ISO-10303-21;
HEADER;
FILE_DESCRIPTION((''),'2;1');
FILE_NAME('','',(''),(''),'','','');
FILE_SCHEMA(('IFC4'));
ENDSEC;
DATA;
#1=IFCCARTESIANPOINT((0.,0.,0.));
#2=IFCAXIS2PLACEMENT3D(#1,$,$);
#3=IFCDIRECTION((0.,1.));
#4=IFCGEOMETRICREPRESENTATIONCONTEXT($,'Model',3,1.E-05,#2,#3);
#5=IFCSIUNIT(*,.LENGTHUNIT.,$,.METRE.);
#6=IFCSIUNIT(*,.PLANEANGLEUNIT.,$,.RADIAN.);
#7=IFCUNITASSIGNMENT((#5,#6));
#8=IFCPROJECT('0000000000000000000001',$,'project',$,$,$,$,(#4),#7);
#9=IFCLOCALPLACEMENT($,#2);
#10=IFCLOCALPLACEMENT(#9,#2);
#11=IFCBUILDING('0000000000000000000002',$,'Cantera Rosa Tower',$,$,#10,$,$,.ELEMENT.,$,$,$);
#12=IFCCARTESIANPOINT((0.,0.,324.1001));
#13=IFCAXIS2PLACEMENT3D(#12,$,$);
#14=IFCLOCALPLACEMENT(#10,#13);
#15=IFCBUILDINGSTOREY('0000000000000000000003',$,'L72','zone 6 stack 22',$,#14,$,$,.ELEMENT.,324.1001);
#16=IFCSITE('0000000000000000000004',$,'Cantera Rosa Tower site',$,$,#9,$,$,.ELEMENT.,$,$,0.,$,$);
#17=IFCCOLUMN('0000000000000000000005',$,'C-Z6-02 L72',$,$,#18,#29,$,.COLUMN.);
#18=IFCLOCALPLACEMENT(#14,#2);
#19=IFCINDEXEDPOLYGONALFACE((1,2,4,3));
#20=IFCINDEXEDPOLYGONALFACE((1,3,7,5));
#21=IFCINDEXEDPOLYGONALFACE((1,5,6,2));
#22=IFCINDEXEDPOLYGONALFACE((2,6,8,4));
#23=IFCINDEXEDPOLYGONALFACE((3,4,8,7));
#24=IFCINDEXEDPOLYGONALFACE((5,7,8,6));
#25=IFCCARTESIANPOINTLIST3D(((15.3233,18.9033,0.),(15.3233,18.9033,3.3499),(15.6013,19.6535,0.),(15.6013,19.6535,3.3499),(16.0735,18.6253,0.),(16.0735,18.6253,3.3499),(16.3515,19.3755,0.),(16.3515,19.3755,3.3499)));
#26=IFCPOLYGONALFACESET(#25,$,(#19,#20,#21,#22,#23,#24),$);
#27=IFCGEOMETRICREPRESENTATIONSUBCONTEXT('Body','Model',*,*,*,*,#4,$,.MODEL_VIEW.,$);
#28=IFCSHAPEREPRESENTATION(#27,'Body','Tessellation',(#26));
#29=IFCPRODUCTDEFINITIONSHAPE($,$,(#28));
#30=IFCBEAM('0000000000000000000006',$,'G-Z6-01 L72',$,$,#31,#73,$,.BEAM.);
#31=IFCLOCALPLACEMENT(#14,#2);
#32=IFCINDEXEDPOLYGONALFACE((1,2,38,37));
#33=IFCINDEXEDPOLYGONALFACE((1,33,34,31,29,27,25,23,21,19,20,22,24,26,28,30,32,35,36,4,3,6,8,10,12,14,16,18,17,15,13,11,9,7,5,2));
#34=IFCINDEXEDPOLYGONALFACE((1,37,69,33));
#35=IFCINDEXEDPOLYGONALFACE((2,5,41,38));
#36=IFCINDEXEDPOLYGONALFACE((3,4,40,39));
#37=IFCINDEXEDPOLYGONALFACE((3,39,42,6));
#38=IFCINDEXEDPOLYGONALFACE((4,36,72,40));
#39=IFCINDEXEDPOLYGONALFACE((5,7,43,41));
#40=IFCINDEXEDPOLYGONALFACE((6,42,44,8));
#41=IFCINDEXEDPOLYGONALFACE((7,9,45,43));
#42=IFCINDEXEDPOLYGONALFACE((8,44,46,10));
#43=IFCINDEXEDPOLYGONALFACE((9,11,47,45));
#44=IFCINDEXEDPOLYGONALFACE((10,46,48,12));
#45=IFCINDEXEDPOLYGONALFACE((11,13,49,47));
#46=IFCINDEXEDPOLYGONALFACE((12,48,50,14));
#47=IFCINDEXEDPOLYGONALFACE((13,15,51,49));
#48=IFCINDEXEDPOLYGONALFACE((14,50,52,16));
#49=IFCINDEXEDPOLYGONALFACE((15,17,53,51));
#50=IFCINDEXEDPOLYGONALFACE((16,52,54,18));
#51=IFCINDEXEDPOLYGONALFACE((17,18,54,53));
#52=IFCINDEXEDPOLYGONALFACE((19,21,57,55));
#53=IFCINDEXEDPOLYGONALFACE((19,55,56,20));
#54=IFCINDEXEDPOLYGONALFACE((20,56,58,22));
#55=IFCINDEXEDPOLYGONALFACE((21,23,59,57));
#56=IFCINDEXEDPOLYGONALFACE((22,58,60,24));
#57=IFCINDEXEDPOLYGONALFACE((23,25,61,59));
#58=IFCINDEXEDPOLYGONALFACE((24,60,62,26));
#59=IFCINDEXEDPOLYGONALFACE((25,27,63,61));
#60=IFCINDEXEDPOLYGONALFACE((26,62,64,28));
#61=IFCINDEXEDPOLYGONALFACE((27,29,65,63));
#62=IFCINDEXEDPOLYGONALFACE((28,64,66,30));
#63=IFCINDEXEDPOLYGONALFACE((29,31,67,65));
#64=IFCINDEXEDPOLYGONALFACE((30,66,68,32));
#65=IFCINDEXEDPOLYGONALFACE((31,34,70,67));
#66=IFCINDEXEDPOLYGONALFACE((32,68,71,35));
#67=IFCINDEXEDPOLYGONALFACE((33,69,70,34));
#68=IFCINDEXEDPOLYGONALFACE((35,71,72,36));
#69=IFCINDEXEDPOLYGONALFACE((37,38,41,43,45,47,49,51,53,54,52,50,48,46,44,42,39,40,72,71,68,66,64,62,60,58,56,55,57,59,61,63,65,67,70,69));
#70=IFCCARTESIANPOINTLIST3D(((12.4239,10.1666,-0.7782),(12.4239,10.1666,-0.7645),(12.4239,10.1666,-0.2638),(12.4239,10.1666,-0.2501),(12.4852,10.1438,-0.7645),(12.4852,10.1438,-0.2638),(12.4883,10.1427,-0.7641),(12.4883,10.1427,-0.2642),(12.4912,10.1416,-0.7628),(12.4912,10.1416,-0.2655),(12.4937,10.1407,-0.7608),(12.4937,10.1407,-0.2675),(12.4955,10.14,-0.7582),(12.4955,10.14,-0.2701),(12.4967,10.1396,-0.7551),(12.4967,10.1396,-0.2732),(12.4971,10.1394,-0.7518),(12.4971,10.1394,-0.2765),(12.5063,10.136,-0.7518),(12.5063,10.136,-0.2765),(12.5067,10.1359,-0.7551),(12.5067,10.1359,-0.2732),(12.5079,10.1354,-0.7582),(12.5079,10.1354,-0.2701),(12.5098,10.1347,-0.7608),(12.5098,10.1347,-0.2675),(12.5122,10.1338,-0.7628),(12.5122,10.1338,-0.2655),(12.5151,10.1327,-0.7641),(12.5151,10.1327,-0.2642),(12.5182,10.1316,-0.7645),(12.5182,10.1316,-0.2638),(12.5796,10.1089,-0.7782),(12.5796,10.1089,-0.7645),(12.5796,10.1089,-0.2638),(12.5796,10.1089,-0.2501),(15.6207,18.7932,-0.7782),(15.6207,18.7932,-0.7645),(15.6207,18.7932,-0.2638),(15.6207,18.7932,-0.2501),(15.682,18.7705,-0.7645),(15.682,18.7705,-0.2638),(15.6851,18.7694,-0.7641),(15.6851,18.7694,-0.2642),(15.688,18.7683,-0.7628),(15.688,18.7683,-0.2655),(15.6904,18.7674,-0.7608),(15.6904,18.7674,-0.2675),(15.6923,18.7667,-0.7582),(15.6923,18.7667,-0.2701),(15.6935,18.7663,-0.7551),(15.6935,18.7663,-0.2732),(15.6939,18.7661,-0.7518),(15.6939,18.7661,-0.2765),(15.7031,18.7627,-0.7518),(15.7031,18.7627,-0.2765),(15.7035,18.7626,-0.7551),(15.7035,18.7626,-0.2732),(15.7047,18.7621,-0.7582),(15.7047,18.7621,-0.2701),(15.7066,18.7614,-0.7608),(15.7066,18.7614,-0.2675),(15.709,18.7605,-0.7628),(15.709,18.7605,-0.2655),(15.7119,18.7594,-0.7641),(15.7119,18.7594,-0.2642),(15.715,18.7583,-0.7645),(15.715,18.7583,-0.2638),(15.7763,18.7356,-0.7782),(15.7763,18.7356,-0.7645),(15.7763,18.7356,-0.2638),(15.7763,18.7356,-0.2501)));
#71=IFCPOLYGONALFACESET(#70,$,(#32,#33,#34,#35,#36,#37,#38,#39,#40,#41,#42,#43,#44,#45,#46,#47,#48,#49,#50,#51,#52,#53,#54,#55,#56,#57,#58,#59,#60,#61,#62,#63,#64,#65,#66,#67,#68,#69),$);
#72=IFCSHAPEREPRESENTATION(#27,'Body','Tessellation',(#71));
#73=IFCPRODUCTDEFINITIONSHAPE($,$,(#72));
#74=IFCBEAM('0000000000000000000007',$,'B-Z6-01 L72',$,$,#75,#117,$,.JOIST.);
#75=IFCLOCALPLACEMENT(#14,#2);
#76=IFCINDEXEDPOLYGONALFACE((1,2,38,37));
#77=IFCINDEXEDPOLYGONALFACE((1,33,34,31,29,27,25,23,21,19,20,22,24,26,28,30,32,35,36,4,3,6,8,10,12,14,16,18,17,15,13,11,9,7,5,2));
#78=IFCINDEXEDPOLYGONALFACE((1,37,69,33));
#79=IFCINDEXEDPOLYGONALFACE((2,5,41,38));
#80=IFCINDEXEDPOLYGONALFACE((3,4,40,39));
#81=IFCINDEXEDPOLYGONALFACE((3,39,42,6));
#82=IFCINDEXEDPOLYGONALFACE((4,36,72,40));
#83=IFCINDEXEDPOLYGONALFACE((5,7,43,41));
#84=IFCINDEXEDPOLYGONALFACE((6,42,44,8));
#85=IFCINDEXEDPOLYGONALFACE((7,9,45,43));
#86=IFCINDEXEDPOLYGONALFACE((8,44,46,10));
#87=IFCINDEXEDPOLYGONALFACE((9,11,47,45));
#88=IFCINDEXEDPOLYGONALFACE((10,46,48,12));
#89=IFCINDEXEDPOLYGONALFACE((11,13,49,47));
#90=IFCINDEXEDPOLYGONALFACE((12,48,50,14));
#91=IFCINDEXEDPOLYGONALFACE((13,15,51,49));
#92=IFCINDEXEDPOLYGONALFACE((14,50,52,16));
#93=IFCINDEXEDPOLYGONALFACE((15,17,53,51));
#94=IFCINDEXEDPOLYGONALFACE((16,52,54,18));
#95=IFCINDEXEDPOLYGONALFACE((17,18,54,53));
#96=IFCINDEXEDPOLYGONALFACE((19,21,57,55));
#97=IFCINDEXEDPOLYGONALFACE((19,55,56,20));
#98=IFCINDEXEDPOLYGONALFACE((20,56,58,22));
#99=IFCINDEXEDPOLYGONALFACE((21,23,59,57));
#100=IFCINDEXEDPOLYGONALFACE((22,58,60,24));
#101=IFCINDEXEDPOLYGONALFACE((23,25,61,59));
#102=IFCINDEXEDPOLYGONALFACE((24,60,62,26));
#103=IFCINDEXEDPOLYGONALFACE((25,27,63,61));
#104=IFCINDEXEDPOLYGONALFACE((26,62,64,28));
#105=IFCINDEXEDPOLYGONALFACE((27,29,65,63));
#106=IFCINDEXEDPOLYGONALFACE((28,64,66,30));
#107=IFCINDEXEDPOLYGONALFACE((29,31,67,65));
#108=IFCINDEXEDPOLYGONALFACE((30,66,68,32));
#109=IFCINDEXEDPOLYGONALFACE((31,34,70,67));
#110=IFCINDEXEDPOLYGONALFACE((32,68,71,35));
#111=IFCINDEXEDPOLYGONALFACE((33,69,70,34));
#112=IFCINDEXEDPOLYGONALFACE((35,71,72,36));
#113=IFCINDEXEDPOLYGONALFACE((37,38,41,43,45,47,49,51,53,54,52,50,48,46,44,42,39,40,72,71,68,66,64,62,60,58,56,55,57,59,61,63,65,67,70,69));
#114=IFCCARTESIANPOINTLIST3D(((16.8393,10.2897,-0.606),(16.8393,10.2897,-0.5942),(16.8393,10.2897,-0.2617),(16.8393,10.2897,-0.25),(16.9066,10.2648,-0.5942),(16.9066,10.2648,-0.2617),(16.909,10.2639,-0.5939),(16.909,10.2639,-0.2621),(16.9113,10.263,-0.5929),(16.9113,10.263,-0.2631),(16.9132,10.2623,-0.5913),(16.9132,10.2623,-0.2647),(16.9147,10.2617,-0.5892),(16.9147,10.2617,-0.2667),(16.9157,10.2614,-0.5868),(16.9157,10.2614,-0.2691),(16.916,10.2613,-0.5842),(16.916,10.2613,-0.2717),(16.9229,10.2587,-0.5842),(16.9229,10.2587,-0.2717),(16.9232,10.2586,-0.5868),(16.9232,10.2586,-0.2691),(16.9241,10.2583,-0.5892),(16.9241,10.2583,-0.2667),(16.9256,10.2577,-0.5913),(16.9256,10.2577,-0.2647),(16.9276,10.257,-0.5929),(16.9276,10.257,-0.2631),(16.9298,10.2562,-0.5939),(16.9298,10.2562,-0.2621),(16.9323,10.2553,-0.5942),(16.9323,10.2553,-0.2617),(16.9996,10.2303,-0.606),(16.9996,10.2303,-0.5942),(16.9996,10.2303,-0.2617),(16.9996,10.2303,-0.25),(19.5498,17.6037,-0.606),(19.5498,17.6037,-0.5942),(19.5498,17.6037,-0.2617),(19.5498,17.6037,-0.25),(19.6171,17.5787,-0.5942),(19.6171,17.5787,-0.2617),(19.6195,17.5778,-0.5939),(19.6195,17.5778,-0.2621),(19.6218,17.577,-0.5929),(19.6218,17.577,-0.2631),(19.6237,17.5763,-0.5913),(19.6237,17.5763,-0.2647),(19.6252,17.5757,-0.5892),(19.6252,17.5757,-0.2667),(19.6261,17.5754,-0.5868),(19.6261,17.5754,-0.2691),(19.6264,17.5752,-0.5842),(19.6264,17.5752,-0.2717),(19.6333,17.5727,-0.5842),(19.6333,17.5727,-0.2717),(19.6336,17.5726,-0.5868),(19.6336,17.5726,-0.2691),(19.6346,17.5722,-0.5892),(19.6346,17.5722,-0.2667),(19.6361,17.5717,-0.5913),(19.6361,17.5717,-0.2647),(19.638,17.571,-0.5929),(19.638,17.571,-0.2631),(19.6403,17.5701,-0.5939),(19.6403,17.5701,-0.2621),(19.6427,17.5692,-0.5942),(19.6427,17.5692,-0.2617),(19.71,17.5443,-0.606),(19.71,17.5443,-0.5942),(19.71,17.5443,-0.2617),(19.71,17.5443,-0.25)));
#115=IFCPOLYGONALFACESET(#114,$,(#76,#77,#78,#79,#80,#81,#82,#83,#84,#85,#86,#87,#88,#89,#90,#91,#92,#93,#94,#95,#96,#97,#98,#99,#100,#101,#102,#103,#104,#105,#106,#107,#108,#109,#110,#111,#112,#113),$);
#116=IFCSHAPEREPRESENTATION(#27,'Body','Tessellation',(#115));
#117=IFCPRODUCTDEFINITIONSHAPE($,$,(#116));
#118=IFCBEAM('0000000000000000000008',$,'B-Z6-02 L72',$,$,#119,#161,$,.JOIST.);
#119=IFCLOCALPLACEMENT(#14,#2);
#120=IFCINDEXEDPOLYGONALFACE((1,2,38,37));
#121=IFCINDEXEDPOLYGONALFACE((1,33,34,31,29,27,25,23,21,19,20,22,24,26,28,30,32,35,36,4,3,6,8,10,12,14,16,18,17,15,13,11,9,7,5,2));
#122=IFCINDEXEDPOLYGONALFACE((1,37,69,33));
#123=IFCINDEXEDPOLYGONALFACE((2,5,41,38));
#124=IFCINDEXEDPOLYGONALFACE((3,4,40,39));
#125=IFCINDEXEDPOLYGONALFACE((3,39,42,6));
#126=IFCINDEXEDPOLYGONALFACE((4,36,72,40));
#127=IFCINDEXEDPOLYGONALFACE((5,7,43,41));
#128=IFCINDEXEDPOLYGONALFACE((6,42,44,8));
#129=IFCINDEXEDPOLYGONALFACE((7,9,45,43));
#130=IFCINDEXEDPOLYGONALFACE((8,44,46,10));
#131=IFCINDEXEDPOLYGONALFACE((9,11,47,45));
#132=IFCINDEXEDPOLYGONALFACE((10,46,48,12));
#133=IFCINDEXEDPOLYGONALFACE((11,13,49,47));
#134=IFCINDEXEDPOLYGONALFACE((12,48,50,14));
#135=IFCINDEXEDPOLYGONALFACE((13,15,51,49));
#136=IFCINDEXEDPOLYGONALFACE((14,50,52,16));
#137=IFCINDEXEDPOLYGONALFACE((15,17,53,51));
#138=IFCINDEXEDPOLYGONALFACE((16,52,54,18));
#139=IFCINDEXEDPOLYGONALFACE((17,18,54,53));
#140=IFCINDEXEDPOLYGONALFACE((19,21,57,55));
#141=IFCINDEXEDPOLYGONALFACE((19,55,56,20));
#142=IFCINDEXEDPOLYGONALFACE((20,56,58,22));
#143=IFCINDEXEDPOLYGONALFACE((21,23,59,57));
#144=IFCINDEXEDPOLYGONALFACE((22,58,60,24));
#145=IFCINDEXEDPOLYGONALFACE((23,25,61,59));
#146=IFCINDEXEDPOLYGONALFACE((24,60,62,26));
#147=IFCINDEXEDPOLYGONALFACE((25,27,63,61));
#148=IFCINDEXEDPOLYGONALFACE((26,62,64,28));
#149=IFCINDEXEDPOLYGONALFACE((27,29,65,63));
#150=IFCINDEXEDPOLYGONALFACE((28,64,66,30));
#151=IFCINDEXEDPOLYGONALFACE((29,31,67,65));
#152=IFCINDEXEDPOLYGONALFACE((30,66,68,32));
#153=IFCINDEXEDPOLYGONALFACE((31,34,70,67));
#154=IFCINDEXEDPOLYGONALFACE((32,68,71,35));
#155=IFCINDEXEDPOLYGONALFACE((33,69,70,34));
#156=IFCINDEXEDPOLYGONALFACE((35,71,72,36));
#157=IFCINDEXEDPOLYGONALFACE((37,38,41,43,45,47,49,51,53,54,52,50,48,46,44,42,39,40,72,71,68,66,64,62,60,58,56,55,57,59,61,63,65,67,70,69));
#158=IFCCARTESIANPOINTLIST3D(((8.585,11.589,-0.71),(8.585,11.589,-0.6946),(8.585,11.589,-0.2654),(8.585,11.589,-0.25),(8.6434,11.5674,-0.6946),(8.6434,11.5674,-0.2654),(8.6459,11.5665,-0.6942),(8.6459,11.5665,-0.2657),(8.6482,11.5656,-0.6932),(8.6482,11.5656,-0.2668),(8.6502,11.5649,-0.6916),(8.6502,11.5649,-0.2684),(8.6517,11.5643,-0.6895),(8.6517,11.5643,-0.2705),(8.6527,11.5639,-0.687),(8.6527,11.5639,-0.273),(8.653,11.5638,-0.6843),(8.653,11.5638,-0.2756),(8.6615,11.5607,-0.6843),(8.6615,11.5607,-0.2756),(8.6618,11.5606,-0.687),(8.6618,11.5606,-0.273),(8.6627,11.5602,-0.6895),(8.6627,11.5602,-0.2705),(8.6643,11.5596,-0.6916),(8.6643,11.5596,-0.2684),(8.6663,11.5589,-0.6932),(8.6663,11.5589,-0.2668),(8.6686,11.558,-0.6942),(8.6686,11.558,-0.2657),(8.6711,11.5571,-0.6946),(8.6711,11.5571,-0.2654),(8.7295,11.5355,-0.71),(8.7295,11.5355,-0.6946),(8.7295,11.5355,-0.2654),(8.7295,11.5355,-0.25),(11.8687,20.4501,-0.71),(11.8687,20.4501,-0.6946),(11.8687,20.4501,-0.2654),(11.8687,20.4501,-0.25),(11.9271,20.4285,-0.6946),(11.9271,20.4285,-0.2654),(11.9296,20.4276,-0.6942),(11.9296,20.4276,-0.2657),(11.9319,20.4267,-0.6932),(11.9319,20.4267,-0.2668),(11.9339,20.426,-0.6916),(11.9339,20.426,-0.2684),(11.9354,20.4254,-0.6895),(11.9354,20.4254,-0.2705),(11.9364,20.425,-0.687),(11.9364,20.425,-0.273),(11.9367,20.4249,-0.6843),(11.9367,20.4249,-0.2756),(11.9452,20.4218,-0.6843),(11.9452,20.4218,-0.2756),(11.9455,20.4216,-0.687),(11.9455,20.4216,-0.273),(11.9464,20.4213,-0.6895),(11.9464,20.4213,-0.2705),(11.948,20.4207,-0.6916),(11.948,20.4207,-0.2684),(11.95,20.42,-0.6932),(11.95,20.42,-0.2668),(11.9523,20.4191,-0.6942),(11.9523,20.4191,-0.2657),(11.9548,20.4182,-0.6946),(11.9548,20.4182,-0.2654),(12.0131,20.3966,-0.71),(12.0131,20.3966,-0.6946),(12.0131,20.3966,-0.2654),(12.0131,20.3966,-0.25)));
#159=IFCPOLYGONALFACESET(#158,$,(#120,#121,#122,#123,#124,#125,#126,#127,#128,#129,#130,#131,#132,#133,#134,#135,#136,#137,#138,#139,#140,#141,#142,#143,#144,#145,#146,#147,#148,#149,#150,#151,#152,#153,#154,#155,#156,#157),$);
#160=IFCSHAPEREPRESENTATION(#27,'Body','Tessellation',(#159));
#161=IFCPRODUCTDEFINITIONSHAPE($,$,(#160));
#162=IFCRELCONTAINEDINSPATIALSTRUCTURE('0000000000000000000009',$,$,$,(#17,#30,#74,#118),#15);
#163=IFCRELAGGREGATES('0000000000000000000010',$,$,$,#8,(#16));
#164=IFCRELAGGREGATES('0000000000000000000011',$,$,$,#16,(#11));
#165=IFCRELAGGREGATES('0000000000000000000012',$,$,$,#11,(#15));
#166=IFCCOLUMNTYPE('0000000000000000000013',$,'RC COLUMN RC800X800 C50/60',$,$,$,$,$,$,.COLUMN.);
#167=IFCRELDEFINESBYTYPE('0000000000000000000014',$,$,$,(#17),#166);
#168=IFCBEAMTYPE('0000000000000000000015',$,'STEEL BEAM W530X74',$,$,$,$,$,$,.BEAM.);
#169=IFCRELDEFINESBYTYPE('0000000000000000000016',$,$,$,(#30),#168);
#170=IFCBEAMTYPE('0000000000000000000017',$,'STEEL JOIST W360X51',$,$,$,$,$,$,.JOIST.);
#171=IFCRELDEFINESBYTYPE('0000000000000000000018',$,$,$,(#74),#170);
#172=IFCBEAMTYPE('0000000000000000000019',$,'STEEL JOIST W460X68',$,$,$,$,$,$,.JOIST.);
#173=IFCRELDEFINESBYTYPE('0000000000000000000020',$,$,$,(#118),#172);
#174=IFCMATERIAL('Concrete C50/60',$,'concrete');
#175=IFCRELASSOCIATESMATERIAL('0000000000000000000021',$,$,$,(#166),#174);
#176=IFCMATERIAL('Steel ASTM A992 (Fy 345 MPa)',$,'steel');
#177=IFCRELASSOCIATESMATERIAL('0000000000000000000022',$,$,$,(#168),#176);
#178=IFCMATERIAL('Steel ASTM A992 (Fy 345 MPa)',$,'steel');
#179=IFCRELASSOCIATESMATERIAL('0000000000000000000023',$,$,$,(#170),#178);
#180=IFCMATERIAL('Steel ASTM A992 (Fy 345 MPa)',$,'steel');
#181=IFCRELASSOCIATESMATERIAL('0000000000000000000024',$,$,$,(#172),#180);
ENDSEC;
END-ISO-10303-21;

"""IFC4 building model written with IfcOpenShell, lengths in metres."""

from ifc_helpers import new_model, si_unit, direction, frame, origin, origin_2d, place, context, subcontext, project, spatial, rectangle, i_section, extrude, material, material_profile, profile_set, type_object, element, save


model = new_model("IFC4")

# Units and contexts
model_context = context("Model", 3, precision=1e-05, world=origin(), true_north=direction((0.0, 1.0)))
body_context = subcontext(model_context, "Body", "Model", "MODEL_VIEW")
ifc_project = project(units=[si_unit("LENGTHUNIT", "METRE"), si_unit("PLANEANGLEUNIT", "RADIAN")], contexts=[model_context])

# Site, building, storey
site_placement = place(None, origin())
site = spatial("IfcSite", under=ifc_project, at=site_placement, Name="Cantera Rosa Tower site", CompositionType="ELEMENT", RefElevation=0.0)
building_placement = place(site_placement, origin())
building = spatial("IfcBuilding", under=site, at=building_placement, Name="Cantera Rosa Tower", CompositionType="ELEMENT")
storey_placement = place(building_placement, frame((0.0, 0.0, 324.1001)))
storey = spatial("IfcBuildingStorey", under=building, at=storey_placement, Name="L72", Description="zone 6 stack 22", CompositionType="ELEMENT", Elevation=324.1001)

# Column
ifc_material_1 = material(Name="Concrete C50/60", Category="concrete")
ifc_material_profile_1 = material_profile(ifc_material_1, rectangle(XDim=0.8, YDim=0.8, at=origin_2d()), Name="RC COLUMN RC800X800 C50/60")
ifc_profile_set_1 = profile_set([ifc_material_profile_1], Name="Concrete C50/60")
column_type = type_object("IfcColumnType", Name="RC COLUMN RC800X800 C50/60", PredefinedType="COLUMN", material=ifc_profile_set_1)
column_placement = place(storey_placement, frame((15.8374, 19.1394, 0.0), z_axis=(0.0, 0.0, 1.0), x_axis=(0.347481, 0.937687, 0.0)))
element("IfcColumn", 1, at=column_placement, inside=storey, type_object=column_type, Name="C-Z6-02 L72", PredefinedType="COLUMN", context=body_context, shape_type="SweptSolid", body=[
    extrude(rectangle(XDim=0.8, YDim=0.8, at=origin_2d()), origin(), (0.0, 0.0, 1.0), 3.3499),
])

# Beams
ifc_material_2 = material(Name="Steel ASTM A992 (Fy 345 MPa)", Category="steel")
ifc_material_profile_2 = material_profile(ifc_material_2, i_section(OverallWidth=0.166, OverallDepth=0.5281, WebThickness=0.0098, FlangeThickness=0.0137, FilletRadius=0.0127, at=origin_2d()), Name="W530X74")
ifc_profile_set_2 = profile_set([ifc_material_profile_2], Name="Steel ASTM A992 (Fy 345 MPa)")
beam_type_1 = type_object("IfcBeamType", Name="STEEL BEAM W530X74", PredefinedType="BEAM", material=ifc_profile_set_2)
beam_1_placement = place(storey_placement, frame((15.6985, 18.7644, -0.5142), z_axis=(-0.347477, -0.937689, 0.0), x_axis=(0.937689, -0.347477, 0.0)))
element("IfcBeam", 2, at=beam_1_placement, inside=storey, type_object=beam_type_1, Name="G-Z6-01 L72", PredefinedType="BEAM", context=body_context, shape_type="SweptSolid", body=[
    extrude(i_section(OverallWidth=0.166, OverallDepth=0.5281, WebThickness=0.0098, FlangeThickness=0.0137, FilletRadius=0.0127, at=origin_2d()), origin(), (0.0, 0.0, 1.0), 9.2),
])
ifc_material_3 = material(Name="Steel ASTM A992 (Fy 345 MPa)", Category="steel")
ifc_material_profile_3 = material_profile(ifc_material_3, i_section(OverallWidth=0.1709, OverallDepth=0.356, WebThickness=0.0073, FlangeThickness=0.0117, FilletRadius=0.01, at=origin_2d()), Name="W360X51")
ifc_profile_set_3 = profile_set([ifc_material_profile_3], Name="Steel ASTM A992 (Fy 345 MPa)")
beam_type_2 = type_object("IfcBeamType", Name="STEEL JOIST W360X51", PredefinedType="JOIST", material=ifc_profile_set_3)
beam_2_placement = place(storey_placement, frame((19.6299, 17.574, -0.428), z_axis=(-0.347492, -0.937683, 0.0), x_axis=(0.937683, -0.347492, 0.0)))
element("IfcBeam", 3, at=beam_2_placement, inside=storey, type_object=beam_type_2, Name="B-Z6-01 L72", PredefinedType="JOIST", context=body_context, shape_type="SweptSolid", body=[
    extrude(i_section(OverallWidth=0.1709, OverallDepth=0.356, WebThickness=0.0073, FlangeThickness=0.0117, FilletRadius=0.01, at=origin_2d()), origin(), (0.0, 0.0, 1.0), 7.8),
])
ifc_material_4 = material(Name="Steel ASTM A992 (Fy 345 MPa)", Category="steel")
ifc_material_profile_4 = material_profile(ifc_material_4, i_section(OverallWidth=0.1541, OverallDepth=0.46, WebThickness=0.009, FlangeThickness=0.0154, FilletRadius=0.0103, at=origin_2d()), Name="W460X68")
ifc_profile_set_4 = profile_set([ifc_material_profile_4], Name="Steel ASTM A992 (Fy 345 MPa)")
beam_type_3 = type_object("IfcBeamType", Name="STEEL JOIST W460X68", PredefinedType="JOIST", material=ifc_profile_set_4)
beam_3_placement = place(storey_placement, frame((11.9409, 20.4233, -0.48), z_axis=(-0.347483, -0.937686, 0.0), x_axis=(0.937686, -0.347483, 0.0)))
element("IfcBeam", 4, at=beam_3_placement, inside=storey, type_object=beam_type_3, Name="B-Z6-02 L72", PredefinedType="JOIST", context=body_context, shape_type="SweptSolid", body=[
    extrude(i_section(OverallWidth=0.1541, OverallDepth=0.46, WebThickness=0.009, FlangeThickness=0.0154, FilletRadius=0.0103, at=origin_2d()), origin(), (0.0, 0.0, 1.0), 9.45),
])

save(model, "model.ifc")
